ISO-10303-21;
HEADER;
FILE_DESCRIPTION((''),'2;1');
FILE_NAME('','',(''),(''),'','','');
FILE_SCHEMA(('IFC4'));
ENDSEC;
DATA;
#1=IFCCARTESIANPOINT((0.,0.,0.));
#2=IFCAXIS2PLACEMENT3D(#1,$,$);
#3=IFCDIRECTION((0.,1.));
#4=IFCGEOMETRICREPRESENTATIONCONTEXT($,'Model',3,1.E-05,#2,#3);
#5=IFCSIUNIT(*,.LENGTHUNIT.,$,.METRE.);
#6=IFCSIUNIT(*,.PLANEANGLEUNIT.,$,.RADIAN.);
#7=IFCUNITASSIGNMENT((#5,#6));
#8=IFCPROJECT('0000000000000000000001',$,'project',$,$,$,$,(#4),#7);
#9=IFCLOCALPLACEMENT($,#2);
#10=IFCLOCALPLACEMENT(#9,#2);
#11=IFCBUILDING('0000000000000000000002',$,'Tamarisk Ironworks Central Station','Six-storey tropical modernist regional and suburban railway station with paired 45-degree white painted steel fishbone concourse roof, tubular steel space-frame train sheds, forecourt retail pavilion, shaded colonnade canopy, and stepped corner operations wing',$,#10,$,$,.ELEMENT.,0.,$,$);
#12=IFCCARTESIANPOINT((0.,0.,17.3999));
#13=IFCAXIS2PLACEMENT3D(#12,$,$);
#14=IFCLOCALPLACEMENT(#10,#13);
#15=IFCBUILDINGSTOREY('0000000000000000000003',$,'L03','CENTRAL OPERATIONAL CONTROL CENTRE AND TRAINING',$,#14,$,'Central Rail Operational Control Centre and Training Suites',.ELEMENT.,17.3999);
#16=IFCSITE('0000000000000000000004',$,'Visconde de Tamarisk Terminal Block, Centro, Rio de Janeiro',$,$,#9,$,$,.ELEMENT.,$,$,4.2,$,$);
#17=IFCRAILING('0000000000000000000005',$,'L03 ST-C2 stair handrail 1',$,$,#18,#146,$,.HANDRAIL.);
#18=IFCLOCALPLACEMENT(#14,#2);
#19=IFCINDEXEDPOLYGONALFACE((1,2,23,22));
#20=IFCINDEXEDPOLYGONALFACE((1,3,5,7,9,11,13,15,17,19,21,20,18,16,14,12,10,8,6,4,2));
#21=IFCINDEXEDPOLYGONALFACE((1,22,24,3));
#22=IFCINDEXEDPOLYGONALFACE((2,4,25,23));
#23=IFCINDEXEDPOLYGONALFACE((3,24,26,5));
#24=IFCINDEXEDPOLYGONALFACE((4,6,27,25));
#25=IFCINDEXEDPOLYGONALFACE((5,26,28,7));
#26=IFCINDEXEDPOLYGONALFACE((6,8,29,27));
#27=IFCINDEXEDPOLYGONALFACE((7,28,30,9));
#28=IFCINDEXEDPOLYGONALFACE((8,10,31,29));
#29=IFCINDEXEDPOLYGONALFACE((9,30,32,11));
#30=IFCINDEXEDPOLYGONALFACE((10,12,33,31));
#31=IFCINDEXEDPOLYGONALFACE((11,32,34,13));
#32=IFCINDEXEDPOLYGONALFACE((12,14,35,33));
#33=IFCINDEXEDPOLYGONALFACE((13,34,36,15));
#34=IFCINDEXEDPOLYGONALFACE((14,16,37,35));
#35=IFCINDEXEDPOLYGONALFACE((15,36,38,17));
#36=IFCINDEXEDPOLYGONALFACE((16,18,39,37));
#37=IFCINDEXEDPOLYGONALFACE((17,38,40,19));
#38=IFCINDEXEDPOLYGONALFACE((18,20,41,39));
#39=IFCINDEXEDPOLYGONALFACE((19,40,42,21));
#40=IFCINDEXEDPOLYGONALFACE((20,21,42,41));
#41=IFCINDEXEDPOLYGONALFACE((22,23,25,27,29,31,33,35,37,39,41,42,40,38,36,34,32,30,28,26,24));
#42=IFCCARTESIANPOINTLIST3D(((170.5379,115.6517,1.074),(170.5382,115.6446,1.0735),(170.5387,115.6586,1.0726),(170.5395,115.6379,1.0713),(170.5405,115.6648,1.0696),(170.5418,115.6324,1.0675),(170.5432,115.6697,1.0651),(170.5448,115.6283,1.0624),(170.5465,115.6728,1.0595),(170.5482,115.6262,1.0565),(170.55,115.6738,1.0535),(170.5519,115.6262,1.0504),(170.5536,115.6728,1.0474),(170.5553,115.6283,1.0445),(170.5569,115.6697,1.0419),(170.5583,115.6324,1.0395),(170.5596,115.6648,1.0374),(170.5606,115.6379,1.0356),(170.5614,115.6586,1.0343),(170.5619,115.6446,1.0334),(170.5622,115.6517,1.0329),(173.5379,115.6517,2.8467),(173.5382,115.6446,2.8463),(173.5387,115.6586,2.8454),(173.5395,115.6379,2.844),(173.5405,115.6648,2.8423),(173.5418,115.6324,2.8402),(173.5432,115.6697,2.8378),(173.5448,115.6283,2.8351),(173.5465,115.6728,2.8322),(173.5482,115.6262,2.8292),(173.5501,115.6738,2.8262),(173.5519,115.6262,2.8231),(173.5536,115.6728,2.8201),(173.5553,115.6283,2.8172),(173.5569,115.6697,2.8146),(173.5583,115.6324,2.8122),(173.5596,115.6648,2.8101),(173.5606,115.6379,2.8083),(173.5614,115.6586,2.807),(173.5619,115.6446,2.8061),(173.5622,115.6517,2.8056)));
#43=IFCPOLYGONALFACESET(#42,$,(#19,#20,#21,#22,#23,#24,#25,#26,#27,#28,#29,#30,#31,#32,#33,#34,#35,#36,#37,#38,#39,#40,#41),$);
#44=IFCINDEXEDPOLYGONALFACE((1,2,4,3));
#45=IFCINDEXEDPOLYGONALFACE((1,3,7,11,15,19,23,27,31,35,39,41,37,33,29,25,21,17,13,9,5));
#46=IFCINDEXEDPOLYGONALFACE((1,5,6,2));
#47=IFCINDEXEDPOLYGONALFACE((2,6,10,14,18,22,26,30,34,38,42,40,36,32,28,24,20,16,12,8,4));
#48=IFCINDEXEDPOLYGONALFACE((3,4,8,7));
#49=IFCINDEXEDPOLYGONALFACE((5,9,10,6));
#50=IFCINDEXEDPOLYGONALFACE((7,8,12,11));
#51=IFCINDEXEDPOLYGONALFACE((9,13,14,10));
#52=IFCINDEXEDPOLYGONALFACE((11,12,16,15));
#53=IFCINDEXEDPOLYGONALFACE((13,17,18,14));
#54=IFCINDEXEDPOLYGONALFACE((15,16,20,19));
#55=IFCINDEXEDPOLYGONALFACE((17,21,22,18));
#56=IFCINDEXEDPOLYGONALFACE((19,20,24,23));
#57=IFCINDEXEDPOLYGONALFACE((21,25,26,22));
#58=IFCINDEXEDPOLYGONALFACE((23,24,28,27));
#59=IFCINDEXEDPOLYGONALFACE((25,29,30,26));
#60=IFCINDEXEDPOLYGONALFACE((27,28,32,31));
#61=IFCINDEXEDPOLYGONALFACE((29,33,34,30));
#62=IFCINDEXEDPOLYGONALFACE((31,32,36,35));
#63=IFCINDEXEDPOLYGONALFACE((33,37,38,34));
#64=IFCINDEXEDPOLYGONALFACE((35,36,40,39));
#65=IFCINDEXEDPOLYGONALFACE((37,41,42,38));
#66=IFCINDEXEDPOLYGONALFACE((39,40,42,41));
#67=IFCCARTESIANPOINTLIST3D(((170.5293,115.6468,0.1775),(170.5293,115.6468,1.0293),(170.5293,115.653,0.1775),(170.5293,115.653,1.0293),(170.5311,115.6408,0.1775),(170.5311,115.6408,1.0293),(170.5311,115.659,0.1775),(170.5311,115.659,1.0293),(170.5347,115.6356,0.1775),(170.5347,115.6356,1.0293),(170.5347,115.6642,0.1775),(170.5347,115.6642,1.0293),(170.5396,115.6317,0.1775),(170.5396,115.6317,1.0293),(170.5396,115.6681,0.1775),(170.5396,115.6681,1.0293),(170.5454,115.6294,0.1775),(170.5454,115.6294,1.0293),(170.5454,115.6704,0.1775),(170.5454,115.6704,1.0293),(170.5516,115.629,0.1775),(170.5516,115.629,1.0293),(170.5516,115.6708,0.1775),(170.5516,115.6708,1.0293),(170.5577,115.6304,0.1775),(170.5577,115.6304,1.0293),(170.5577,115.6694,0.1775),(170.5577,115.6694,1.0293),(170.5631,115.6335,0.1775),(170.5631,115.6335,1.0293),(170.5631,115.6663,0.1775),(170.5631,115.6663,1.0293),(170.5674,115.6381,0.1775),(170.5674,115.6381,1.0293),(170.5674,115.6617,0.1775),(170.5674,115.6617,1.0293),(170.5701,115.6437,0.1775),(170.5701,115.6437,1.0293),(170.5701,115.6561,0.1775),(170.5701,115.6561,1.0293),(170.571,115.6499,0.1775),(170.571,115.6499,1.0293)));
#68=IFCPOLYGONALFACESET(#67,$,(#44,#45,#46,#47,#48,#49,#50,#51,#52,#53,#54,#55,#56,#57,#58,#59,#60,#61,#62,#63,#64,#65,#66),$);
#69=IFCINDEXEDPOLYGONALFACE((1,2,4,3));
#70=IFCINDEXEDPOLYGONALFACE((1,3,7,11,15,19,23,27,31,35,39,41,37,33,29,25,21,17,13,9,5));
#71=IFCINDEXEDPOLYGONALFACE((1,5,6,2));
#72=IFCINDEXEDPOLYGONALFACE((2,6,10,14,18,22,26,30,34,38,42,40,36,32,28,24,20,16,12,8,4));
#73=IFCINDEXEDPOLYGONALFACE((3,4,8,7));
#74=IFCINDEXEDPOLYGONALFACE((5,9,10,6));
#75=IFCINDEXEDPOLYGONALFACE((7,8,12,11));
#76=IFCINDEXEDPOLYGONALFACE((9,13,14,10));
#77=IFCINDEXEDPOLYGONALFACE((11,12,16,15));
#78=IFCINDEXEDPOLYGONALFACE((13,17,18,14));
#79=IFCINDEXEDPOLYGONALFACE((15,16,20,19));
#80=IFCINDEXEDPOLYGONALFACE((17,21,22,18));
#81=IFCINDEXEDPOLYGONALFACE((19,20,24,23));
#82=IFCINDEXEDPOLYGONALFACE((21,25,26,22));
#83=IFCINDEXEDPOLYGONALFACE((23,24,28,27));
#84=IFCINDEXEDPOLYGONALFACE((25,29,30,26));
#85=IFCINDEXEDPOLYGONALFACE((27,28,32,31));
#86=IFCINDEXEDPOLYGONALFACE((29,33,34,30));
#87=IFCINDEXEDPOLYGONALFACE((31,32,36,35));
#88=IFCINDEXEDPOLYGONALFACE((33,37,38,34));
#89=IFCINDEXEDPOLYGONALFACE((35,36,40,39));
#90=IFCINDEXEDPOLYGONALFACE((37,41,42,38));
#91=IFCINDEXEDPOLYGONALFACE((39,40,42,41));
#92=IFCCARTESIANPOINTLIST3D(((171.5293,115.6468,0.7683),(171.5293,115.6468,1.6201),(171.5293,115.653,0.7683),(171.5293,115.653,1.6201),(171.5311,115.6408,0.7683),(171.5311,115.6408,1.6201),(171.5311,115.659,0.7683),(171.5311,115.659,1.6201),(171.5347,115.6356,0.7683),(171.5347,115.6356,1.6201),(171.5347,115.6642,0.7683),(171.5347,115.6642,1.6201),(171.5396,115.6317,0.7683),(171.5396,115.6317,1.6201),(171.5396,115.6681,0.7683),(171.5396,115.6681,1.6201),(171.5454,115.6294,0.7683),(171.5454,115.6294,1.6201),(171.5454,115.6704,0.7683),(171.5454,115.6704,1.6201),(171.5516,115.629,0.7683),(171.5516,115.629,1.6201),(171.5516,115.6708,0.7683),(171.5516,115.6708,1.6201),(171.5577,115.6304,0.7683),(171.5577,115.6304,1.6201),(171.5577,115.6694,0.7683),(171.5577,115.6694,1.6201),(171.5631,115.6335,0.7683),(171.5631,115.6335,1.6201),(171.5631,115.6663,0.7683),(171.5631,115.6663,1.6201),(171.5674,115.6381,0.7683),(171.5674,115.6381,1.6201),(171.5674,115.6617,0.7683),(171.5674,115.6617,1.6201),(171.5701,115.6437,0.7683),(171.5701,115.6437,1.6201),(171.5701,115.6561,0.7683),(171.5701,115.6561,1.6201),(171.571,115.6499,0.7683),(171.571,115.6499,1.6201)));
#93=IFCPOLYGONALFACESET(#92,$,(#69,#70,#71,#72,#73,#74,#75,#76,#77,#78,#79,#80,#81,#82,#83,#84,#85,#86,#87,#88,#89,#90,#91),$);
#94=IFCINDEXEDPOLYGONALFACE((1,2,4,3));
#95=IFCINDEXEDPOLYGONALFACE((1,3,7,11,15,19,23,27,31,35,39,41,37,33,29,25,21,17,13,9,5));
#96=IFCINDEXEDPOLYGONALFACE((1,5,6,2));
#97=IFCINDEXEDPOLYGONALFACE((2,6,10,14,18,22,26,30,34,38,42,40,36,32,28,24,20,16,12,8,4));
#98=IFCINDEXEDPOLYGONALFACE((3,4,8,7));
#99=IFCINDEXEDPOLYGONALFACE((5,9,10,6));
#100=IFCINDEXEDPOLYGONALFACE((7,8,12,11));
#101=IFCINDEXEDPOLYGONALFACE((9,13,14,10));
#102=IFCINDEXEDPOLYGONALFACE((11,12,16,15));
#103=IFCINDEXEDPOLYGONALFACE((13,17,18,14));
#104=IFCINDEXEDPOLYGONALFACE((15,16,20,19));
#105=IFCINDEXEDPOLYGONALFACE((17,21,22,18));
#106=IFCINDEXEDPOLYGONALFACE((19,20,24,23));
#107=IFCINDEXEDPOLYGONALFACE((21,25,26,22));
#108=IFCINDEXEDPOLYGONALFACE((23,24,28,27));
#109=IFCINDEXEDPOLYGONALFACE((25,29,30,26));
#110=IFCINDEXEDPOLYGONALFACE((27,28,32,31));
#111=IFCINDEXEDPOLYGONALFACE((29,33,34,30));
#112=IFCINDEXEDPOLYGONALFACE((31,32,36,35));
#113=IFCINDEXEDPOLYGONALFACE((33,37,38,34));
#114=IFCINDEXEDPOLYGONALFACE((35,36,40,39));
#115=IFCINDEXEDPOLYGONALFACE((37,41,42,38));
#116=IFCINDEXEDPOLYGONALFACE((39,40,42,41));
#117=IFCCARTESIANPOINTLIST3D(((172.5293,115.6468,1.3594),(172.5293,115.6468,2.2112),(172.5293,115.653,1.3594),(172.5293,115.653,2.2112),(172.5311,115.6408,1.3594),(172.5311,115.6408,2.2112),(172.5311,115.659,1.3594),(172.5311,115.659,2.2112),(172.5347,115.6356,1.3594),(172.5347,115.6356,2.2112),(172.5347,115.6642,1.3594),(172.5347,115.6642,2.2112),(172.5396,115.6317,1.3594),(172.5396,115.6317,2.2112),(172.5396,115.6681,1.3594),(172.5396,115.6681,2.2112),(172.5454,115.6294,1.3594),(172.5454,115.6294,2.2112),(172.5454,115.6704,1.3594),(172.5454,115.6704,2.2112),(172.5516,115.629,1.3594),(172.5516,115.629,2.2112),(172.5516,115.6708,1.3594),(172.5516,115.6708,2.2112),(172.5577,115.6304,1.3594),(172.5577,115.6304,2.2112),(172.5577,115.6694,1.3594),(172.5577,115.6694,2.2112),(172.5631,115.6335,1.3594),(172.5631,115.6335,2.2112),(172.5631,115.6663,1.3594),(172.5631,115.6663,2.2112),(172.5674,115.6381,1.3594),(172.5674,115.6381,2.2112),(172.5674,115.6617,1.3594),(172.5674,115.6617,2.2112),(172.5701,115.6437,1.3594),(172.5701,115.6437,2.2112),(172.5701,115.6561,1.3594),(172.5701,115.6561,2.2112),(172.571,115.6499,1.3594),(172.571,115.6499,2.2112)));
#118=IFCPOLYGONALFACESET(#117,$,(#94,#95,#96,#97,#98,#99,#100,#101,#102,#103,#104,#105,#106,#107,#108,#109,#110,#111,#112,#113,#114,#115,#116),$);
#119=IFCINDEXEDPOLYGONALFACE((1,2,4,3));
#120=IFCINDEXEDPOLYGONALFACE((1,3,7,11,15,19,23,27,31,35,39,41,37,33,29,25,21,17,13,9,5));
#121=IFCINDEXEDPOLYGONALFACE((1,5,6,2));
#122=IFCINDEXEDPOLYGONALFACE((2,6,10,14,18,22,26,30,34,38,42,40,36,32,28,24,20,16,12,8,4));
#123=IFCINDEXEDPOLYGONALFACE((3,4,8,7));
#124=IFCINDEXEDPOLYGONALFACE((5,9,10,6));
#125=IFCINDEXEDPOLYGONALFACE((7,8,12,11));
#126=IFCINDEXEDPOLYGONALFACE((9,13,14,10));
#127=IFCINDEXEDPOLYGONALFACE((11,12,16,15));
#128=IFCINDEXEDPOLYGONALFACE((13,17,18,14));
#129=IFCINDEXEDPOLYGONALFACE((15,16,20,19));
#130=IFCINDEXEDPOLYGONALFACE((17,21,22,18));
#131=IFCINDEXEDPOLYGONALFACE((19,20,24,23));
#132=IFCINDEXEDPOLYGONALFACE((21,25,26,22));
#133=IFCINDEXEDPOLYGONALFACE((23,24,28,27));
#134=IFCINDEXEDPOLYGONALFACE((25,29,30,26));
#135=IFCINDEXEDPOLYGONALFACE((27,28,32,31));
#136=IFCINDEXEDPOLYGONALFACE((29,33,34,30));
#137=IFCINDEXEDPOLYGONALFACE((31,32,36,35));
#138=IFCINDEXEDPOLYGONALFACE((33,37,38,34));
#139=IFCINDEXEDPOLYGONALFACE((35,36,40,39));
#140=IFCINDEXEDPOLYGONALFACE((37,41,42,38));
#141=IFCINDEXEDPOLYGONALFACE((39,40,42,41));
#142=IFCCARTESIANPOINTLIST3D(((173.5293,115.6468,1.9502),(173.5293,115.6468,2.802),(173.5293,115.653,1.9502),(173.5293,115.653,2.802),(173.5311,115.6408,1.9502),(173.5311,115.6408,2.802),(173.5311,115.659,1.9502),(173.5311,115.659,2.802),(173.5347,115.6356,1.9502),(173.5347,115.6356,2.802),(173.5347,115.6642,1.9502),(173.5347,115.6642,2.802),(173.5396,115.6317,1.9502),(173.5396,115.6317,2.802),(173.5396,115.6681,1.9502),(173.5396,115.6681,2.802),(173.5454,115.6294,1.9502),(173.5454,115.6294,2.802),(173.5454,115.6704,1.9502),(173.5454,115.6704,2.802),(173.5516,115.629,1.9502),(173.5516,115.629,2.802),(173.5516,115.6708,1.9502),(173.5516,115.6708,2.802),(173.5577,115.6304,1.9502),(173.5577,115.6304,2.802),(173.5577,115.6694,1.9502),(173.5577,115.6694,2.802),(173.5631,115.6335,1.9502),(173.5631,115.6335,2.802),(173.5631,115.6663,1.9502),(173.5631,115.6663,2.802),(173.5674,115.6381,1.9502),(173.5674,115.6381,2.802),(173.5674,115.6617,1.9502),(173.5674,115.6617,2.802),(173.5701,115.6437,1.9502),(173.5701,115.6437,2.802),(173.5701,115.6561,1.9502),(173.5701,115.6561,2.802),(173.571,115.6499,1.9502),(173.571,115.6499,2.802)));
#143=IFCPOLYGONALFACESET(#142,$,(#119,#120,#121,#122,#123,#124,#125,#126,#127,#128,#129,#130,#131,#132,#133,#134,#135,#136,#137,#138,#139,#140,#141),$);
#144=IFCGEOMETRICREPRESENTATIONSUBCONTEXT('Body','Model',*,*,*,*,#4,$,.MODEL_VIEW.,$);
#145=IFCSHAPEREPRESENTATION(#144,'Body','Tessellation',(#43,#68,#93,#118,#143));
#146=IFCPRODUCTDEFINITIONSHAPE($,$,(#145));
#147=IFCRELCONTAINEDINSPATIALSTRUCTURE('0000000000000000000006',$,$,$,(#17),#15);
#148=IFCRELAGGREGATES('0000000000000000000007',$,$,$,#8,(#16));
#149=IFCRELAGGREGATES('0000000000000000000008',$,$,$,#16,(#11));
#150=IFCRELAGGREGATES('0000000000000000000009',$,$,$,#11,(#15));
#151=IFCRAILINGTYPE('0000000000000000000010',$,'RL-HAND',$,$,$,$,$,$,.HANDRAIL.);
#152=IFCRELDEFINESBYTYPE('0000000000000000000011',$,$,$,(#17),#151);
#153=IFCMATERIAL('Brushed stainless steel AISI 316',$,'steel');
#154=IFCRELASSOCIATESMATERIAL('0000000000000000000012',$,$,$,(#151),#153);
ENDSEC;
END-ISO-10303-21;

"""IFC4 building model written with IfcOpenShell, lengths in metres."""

from ifc_helpers import new_model, si_unit, direction, frame, origin, origin_2d, place, context, subcontext, project, spatial, circle, extrude, material, type_object, element, save


model = new_model("IFC4")

# Units and contexts
model_context = context("Model", 3, precision=1e-05, world=origin(), true_north=direction((0.0, 1.0)))
body_context = subcontext(model_context, "Body", "Model", "MODEL_VIEW")
ifc_project = project(units=[si_unit("LENGTHUNIT", "METRE"), si_unit("PLANEANGLEUNIT", "RADIAN")], contexts=[model_context])

# Site, building, storey
site_placement = place(None, origin())
site = spatial("IfcSite", under=ifc_project, at=site_placement, Name="Visconde de Tamarisk Terminal Block, Centro, Rio de Janeiro", CompositionType="ELEMENT", RefElevation=4.2)
building_placement = place(site_placement, origin())
building = spatial("IfcBuilding", under=site, at=building_placement, Name="Tamarisk Ironworks Central Station", Description="Six-storey tropical modernist regional and suburban railway station with paired 45-degree white painted steel fishbone concourse roof, tubular steel space-frame train sheds, forecourt retail pavilion, shaded colonnade canopy, and stepped corner operations wing", CompositionType="ELEMENT", ElevationOfRefHeight=0.0)
storey_placement = place(building_placement, frame((0.0, 0.0, 17.3999)))
storey = spatial("IfcBuildingStorey", under=building, at=storey_placement, Name="L03", Description="CENTRAL OPERATIONAL CONTROL CENTRE AND TRAINING", LongName="Central Rail Operational Control Centre and Training Suites", CompositionType="ELEMENT", Elevation=17.3999)

# Railing
ifc_material_1 = material(Name="Brushed stainless steel AISI 316", Category="steel")
railing_type_1 = type_object("IfcRailingType", Name="RL-HAND", PredefinedType="HANDRAIL", material=ifc_material_1)
railing_1_placement = place(storey_placement, frame((170.55, 115.6499, 0.1775)))
element("IfcRailing", 1, at=railing_1_placement, inside=storey, type_object=railing_type_1, Name="L03 ST-C2 stair handrail 1", PredefinedType="HANDRAIL", context=body_context, shape_type="SweptSolid", body=[
    extrude(circle(Radius=0.0239, at=origin_2d()), frame((0.0, 0.0, 0.876), z_axis=(0.860929, 0.0, 0.508725), x_axis=(0.0, 1.0, 0.0)), (0.0, 0.0, 1.0), 3.4846),
    extrude(circle(Radius=0.021, at=origin_2d()), origin(), (0.0, 0.0, 1.0), 0.8518),
    extrude(circle(Radius=0.021, at=origin_2d()), frame((1.0, 0.0, 0.5908)), (0.0, 0.0, 1.0), 0.8518),
    extrude(circle(Radius=0.021, at=origin_2d()), frame((2.0, 0.0, 1.1819)), (0.0, 0.0, 1.0), 0.8518),
    extrude(circle(Radius=0.021, at=origin_2d()), frame((3.0, 0.0, 1.7727)), (0.0, 0.0, 1.0), 0.8518),
])

save(model, "model.ifc")
